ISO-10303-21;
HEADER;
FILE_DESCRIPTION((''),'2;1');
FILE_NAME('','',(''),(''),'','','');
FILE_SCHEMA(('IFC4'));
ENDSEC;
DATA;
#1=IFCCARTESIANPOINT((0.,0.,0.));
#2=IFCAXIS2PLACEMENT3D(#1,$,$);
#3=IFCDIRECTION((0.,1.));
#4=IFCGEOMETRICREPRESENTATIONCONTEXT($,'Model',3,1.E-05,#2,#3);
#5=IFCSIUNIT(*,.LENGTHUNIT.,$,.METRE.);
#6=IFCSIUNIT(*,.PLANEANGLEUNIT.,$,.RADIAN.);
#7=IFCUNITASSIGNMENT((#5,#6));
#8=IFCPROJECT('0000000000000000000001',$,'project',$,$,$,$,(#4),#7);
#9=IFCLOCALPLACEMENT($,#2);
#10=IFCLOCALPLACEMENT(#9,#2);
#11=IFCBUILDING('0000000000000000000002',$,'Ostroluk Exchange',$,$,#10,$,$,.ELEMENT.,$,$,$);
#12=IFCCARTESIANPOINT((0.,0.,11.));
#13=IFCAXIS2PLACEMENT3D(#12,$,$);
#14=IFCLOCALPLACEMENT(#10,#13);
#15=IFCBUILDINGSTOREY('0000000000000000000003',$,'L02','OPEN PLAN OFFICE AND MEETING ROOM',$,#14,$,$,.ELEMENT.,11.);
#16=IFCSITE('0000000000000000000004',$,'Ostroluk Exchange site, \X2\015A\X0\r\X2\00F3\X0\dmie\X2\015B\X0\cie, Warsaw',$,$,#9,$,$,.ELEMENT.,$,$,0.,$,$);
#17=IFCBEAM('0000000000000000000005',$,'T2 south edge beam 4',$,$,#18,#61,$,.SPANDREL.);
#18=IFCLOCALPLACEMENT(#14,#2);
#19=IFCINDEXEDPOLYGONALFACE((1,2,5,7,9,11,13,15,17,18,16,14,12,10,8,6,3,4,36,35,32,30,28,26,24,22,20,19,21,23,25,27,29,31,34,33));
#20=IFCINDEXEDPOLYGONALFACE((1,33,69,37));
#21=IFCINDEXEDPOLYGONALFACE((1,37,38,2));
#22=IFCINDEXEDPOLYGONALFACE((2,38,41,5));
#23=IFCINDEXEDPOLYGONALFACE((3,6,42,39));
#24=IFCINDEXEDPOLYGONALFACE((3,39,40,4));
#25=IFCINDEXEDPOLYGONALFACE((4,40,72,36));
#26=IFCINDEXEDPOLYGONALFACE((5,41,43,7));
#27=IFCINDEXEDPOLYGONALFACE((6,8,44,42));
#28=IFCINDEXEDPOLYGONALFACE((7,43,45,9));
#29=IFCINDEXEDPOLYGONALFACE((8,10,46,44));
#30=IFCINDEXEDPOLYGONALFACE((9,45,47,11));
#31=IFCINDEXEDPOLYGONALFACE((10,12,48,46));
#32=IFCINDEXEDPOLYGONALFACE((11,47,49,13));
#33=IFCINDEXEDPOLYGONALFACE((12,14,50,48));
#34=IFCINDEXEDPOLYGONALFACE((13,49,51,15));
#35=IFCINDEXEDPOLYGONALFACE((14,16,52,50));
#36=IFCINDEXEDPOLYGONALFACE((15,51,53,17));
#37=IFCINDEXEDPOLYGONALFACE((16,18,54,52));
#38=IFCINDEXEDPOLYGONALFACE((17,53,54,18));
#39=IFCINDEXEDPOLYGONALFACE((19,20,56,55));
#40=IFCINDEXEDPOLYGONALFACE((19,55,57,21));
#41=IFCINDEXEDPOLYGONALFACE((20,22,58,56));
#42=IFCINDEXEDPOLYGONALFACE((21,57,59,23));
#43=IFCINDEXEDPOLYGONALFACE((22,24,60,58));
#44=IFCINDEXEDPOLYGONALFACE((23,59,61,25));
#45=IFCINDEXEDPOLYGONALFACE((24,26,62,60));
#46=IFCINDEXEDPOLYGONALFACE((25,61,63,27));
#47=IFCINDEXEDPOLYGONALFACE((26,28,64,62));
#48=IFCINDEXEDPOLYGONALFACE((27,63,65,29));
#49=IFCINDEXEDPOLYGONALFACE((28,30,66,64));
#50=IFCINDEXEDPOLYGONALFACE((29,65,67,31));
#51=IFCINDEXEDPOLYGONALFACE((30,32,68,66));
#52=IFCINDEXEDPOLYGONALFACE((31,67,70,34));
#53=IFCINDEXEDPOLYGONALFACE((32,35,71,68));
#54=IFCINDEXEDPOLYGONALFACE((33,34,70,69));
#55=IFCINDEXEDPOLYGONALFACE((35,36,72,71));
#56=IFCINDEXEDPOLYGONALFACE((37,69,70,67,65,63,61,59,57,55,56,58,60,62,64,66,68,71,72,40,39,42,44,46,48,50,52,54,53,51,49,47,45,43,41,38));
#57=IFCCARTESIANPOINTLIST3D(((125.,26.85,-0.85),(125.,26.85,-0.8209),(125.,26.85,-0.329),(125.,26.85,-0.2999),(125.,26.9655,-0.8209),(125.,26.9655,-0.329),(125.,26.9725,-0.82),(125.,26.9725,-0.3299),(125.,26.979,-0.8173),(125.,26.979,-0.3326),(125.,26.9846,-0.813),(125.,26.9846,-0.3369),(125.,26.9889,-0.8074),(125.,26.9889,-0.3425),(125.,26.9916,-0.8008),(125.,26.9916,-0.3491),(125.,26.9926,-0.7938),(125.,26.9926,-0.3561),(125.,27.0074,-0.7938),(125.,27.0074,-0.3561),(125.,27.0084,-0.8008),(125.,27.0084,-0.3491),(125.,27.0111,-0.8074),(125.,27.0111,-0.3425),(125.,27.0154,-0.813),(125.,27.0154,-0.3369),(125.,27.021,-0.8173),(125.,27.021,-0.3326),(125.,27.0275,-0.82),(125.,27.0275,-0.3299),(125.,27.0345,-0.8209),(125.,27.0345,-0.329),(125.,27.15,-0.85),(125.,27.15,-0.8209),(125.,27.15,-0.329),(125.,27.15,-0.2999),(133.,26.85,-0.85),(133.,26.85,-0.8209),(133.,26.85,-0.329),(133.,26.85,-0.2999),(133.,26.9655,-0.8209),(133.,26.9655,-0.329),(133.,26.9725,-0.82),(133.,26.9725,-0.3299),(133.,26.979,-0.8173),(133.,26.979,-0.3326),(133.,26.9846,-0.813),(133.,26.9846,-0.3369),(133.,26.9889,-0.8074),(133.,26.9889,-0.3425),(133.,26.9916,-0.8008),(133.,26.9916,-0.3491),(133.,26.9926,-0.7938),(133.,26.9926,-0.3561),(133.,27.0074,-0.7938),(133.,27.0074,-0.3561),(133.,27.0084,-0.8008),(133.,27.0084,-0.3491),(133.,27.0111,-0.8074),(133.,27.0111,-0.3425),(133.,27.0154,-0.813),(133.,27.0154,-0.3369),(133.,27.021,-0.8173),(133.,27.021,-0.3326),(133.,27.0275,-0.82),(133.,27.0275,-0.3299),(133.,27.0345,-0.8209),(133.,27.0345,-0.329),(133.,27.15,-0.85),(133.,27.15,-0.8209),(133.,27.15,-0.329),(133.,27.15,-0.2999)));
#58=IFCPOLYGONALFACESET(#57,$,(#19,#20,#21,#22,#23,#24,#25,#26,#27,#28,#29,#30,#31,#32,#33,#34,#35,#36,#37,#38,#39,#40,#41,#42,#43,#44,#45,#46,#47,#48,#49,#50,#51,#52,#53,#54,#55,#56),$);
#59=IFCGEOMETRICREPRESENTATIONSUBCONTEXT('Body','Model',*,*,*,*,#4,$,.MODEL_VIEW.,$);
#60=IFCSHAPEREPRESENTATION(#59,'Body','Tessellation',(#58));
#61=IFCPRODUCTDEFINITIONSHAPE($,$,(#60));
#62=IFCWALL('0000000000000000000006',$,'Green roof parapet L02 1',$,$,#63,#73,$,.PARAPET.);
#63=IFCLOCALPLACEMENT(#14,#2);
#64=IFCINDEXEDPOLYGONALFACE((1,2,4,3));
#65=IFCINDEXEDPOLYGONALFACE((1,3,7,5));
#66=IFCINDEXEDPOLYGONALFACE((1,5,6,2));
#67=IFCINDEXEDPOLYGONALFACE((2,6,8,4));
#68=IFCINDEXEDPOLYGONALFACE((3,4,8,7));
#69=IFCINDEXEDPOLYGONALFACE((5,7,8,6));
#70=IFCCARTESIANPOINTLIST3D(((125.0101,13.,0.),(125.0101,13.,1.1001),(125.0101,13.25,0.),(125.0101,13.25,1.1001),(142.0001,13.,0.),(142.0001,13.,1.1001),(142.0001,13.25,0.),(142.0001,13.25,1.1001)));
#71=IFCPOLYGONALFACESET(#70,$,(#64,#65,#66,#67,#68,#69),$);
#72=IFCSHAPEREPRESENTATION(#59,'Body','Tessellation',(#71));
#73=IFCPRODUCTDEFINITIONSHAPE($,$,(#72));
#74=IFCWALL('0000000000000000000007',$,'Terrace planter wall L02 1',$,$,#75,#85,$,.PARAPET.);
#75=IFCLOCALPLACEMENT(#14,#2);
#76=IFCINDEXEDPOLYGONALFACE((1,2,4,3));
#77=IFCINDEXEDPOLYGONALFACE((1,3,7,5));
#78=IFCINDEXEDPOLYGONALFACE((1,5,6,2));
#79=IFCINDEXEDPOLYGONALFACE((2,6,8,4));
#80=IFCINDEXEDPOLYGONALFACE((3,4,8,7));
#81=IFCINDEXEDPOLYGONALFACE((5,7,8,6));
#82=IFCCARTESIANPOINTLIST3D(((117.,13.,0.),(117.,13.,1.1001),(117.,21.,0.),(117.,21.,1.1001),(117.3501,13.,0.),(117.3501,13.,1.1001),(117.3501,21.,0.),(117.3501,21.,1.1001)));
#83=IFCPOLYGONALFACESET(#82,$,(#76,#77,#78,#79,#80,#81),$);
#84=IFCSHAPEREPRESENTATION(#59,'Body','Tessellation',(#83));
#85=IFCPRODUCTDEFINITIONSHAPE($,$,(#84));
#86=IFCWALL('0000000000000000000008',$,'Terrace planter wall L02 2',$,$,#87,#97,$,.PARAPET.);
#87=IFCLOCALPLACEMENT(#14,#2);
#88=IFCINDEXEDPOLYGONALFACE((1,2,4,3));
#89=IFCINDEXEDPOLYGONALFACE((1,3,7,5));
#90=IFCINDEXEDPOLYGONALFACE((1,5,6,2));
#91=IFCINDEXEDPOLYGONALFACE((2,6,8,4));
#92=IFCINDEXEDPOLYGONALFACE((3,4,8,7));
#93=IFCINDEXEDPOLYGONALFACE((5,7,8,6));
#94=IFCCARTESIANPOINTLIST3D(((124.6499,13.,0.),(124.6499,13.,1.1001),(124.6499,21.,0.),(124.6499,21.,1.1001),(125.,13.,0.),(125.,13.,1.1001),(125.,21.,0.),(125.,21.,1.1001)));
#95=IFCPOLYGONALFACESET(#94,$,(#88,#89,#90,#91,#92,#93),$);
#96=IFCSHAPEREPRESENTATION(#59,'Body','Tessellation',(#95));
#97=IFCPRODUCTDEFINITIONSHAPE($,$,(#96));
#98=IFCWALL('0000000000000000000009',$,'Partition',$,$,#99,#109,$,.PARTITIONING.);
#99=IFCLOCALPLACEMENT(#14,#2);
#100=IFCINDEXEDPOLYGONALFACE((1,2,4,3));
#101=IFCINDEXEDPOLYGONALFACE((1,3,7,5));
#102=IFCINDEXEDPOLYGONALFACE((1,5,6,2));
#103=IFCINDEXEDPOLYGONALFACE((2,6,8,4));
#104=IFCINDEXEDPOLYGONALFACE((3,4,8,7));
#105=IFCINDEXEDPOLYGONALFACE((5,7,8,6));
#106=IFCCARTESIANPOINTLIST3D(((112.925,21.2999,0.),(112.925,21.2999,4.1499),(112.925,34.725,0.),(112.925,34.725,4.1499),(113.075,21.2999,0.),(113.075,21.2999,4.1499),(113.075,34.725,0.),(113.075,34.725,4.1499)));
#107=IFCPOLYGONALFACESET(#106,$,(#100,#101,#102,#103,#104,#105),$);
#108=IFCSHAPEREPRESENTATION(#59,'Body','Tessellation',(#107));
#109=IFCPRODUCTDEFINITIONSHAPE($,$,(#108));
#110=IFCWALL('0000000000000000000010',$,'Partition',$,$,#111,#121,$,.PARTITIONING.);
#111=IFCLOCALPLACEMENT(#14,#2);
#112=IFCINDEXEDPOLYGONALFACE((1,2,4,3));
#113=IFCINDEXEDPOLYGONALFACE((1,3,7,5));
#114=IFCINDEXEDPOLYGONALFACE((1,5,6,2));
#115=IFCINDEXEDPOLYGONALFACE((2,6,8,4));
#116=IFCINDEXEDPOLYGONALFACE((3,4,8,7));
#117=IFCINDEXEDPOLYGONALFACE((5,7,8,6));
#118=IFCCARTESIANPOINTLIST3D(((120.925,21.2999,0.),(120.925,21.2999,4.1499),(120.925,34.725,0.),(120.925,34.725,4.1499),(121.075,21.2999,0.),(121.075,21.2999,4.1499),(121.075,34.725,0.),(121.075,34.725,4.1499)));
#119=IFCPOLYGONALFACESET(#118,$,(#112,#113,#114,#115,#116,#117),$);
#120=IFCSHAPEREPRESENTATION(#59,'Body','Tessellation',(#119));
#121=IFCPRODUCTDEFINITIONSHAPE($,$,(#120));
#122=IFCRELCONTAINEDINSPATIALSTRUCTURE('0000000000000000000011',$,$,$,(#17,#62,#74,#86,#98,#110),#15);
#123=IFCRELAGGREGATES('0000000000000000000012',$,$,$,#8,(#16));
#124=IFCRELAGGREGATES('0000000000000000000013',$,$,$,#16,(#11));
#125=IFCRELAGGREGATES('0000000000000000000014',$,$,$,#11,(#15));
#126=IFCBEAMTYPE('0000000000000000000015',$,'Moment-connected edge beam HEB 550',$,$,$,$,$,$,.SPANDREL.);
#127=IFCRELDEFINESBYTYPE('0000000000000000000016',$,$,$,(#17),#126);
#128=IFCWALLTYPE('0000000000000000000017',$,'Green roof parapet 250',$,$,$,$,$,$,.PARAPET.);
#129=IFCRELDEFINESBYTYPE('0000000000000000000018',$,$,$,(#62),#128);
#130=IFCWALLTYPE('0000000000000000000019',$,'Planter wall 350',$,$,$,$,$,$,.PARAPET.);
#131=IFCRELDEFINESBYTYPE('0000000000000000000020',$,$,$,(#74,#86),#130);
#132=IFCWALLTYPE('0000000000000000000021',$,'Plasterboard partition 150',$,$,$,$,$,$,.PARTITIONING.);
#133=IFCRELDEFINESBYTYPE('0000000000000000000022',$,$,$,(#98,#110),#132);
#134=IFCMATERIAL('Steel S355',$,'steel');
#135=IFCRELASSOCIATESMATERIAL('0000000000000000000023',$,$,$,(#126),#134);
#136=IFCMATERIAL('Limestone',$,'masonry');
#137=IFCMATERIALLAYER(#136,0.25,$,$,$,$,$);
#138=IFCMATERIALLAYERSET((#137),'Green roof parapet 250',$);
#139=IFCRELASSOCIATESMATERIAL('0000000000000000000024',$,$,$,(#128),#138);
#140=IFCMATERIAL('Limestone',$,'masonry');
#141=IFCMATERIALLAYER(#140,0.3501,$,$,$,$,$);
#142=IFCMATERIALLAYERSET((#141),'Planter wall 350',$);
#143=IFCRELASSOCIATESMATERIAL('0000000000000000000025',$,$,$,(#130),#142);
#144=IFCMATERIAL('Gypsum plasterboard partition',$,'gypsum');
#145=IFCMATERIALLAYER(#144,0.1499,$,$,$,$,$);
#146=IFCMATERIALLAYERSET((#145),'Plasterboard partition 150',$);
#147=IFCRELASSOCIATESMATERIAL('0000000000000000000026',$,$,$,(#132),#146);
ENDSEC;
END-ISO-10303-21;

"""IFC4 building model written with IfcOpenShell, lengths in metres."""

from ifc_helpers import new_model, si_unit, direction, frame, frame_2d, origin, origin_2d, place, context, subcontext, project, spatial, rectangle, i_section, extrude, material, layer, layer_set, material_profile, profile_set, type_object, element, save


model = new_model("IFC4")

# Units and contexts
model_context = context("Model", 3, precision=1e-05, world=origin(), true_north=direction((0.0, 1.0)))
body_context = subcontext(model_context, "Body", "Model", "MODEL_VIEW")
ifc_project = project(units=[si_unit("LENGTHUNIT", "METRE"), si_unit("PLANEANGLEUNIT", "RADIAN")], contexts=[model_context])

# Site, building, storey
site_placement = place(None, origin())
site = spatial("IfcSite", under=ifc_project, at=site_placement, Name="Ostroluk Exchange site, Śródmieście, Warsaw", CompositionType="ELEMENT", RefElevation=0.0)
building_placement = place(site_placement, origin())
building = spatial("IfcBuilding", under=site, at=building_placement, Name="Ostroluk Exchange", CompositionType="ELEMENT")
storey_placement = place(building_placement, frame((0.0, 0.0, 11.0)))
storey = spatial("IfcBuildingStorey", under=building, at=storey_placement, Name="L02", Description="OPEN PLAN OFFICE AND MEETING ROOM", CompositionType="ELEMENT", Elevation=11.0)

# Beam
ifc_material_1 = material(Name="Steel S355", Category="steel")
ifc_material_profile_1 = material_profile(ifc_material_1, i_section(OverallWidth=0.3, OverallDepth=0.55, WebThickness=0.0149, FlangeThickness=0.0291, FilletRadius=0.0271, at=origin_2d()), Name="HEB 550")
ifc_profile_set_1 = profile_set([ifc_material_profile_1], Name="Steel S355")
beam_type_1 = type_object("IfcBeamType", Name="Moment-connected edge beam HEB 550", PredefinedType="SPANDREL", material=ifc_profile_set_1)
for number, where, z_axis, x_axis, name in (
    (1, (125.0, 27.0, -0.575), (1.0, 0.0, 0.0), (0.0, 1.0, 0.0), "T2 south edge beam 4"),
):
    element("IfcBeam", number, at=place(storey_placement, frame(where, z_axis=z_axis, x_axis=x_axis)), inside=storey, type_object=beam_type_1, Name=name, PredefinedType="SPANDREL", context=body_context, shape_type="SweptSolid", body=[
        extrude(i_section(OverallWidth=0.3, OverallDepth=0.55, WebThickness=0.0149, FlangeThickness=0.0291, FilletRadius=0.0271, at=origin_2d()), origin(), (0.0, 0.0, 1.0), 8.0),
    ])

# Walls
ifc_material_2 = material(Name="Limestone", Category="masonry")
ifc_layer_1 = layer(ifc_material_2, 0.25)
ifc_layer_set_1 = layer_set([ifc_layer_1], Name="Green roof parapet 250")
wall_type_1 = type_object("IfcWallType", Name="Green roof parapet 250", PredefinedType="PARAPET", material=ifc_layer_set_1)
wall_placement = place(storey_placement, frame((125.01, 13.125, 0.0), z_axis=(0.0, 0.0, 1.0), x_axis=(1.0, 0.0, 0.0)))
element("IfcWall", 2, at=wall_placement, inside=storey, type_object=wall_type_1, Name="Green roof parapet L02 1", PredefinedType="PARAPET", context=body_context, shape_type="SweptSolid", body=[
    extrude(rectangle(XDim=16.99, YDim=0.25, at=frame_2d((8.4951, 0.0))), origin(), (0.0, 0.0, 1.0), 1.1001),
])
ifc_material_3 = material(Name="Limestone", Category="masonry")
ifc_layer_2 = layer(ifc_material_3, 0.3501)
ifc_layer_set_2 = layer_set([ifc_layer_2], Name="Planter wall 350")
wall_type_2 = type_object("IfcWallType", Name="Planter wall 350", PredefinedType="PARAPET", material=ifc_layer_set_2)
for number, where, z_axis, x_axis, name in (
    (3, (117.175, 13.0, 0.0), (0.0, 0.0, 1.0), (0.0, 1.0, 0.0), "Terrace planter wall L02 1"),
    (4, (124.825, 13.0, 0.0), (0.0, 0.0, 1.0), (0.0, 1.0, 0.0), "Terrace planter wall L02 2"),
):
    element("IfcWall", number, at=place(storey_placement, frame(where, z_axis=z_axis, x_axis=x_axis)), inside=storey, type_object=wall_type_2, Name=name, PredefinedType="PARAPET", context=body_context, shape_type="SweptSolid", body=[
        extrude(rectangle(XDim=8.0, YDim=0.3501, at=frame_2d((4.0, 0.0))), origin(), (0.0, 0.0, 1.0), 1.1001),
    ])
ifc_material_4 = material(Name="Gypsum plasterboard partition", Category="gypsum")
ifc_layer_3 = layer(ifc_material_4, 0.1499)
ifc_layer_set_3 = layer_set([ifc_layer_3], Name="Plasterboard partition 150")
wall_type_3 = type_object("IfcWallType", Name="Plasterboard partition 150", PredefinedType="PARTITIONING", material=ifc_layer_set_3)
for number, where, z_axis, x_axis, name in (
    (5, (113.0, 21.3, 0.0), (0.0, 0.0, 1.0), (0.0, 1.0, 0.0), "Partition"),
    (6, (121.0, 21.3, 0.0), (0.0, 0.0, 1.0), (0.0, 1.0, 0.0), "Partition"),
):
    element("IfcWall", number, at=place(storey_placement, frame(where, z_axis=z_axis, x_axis=x_axis)), inside=storey, type_object=wall_type_3, Name=name, PredefinedType="PARTITIONING", context=body_context, shape_type="SweptSolid", body=[
        extrude(rectangle(XDim=13.425, YDim=0.1499, at=frame_2d((6.7124, 0.0))), origin(), (0.0, 0.0, 1.0), 4.1499),
    ])

save(model, "model.ifc")
